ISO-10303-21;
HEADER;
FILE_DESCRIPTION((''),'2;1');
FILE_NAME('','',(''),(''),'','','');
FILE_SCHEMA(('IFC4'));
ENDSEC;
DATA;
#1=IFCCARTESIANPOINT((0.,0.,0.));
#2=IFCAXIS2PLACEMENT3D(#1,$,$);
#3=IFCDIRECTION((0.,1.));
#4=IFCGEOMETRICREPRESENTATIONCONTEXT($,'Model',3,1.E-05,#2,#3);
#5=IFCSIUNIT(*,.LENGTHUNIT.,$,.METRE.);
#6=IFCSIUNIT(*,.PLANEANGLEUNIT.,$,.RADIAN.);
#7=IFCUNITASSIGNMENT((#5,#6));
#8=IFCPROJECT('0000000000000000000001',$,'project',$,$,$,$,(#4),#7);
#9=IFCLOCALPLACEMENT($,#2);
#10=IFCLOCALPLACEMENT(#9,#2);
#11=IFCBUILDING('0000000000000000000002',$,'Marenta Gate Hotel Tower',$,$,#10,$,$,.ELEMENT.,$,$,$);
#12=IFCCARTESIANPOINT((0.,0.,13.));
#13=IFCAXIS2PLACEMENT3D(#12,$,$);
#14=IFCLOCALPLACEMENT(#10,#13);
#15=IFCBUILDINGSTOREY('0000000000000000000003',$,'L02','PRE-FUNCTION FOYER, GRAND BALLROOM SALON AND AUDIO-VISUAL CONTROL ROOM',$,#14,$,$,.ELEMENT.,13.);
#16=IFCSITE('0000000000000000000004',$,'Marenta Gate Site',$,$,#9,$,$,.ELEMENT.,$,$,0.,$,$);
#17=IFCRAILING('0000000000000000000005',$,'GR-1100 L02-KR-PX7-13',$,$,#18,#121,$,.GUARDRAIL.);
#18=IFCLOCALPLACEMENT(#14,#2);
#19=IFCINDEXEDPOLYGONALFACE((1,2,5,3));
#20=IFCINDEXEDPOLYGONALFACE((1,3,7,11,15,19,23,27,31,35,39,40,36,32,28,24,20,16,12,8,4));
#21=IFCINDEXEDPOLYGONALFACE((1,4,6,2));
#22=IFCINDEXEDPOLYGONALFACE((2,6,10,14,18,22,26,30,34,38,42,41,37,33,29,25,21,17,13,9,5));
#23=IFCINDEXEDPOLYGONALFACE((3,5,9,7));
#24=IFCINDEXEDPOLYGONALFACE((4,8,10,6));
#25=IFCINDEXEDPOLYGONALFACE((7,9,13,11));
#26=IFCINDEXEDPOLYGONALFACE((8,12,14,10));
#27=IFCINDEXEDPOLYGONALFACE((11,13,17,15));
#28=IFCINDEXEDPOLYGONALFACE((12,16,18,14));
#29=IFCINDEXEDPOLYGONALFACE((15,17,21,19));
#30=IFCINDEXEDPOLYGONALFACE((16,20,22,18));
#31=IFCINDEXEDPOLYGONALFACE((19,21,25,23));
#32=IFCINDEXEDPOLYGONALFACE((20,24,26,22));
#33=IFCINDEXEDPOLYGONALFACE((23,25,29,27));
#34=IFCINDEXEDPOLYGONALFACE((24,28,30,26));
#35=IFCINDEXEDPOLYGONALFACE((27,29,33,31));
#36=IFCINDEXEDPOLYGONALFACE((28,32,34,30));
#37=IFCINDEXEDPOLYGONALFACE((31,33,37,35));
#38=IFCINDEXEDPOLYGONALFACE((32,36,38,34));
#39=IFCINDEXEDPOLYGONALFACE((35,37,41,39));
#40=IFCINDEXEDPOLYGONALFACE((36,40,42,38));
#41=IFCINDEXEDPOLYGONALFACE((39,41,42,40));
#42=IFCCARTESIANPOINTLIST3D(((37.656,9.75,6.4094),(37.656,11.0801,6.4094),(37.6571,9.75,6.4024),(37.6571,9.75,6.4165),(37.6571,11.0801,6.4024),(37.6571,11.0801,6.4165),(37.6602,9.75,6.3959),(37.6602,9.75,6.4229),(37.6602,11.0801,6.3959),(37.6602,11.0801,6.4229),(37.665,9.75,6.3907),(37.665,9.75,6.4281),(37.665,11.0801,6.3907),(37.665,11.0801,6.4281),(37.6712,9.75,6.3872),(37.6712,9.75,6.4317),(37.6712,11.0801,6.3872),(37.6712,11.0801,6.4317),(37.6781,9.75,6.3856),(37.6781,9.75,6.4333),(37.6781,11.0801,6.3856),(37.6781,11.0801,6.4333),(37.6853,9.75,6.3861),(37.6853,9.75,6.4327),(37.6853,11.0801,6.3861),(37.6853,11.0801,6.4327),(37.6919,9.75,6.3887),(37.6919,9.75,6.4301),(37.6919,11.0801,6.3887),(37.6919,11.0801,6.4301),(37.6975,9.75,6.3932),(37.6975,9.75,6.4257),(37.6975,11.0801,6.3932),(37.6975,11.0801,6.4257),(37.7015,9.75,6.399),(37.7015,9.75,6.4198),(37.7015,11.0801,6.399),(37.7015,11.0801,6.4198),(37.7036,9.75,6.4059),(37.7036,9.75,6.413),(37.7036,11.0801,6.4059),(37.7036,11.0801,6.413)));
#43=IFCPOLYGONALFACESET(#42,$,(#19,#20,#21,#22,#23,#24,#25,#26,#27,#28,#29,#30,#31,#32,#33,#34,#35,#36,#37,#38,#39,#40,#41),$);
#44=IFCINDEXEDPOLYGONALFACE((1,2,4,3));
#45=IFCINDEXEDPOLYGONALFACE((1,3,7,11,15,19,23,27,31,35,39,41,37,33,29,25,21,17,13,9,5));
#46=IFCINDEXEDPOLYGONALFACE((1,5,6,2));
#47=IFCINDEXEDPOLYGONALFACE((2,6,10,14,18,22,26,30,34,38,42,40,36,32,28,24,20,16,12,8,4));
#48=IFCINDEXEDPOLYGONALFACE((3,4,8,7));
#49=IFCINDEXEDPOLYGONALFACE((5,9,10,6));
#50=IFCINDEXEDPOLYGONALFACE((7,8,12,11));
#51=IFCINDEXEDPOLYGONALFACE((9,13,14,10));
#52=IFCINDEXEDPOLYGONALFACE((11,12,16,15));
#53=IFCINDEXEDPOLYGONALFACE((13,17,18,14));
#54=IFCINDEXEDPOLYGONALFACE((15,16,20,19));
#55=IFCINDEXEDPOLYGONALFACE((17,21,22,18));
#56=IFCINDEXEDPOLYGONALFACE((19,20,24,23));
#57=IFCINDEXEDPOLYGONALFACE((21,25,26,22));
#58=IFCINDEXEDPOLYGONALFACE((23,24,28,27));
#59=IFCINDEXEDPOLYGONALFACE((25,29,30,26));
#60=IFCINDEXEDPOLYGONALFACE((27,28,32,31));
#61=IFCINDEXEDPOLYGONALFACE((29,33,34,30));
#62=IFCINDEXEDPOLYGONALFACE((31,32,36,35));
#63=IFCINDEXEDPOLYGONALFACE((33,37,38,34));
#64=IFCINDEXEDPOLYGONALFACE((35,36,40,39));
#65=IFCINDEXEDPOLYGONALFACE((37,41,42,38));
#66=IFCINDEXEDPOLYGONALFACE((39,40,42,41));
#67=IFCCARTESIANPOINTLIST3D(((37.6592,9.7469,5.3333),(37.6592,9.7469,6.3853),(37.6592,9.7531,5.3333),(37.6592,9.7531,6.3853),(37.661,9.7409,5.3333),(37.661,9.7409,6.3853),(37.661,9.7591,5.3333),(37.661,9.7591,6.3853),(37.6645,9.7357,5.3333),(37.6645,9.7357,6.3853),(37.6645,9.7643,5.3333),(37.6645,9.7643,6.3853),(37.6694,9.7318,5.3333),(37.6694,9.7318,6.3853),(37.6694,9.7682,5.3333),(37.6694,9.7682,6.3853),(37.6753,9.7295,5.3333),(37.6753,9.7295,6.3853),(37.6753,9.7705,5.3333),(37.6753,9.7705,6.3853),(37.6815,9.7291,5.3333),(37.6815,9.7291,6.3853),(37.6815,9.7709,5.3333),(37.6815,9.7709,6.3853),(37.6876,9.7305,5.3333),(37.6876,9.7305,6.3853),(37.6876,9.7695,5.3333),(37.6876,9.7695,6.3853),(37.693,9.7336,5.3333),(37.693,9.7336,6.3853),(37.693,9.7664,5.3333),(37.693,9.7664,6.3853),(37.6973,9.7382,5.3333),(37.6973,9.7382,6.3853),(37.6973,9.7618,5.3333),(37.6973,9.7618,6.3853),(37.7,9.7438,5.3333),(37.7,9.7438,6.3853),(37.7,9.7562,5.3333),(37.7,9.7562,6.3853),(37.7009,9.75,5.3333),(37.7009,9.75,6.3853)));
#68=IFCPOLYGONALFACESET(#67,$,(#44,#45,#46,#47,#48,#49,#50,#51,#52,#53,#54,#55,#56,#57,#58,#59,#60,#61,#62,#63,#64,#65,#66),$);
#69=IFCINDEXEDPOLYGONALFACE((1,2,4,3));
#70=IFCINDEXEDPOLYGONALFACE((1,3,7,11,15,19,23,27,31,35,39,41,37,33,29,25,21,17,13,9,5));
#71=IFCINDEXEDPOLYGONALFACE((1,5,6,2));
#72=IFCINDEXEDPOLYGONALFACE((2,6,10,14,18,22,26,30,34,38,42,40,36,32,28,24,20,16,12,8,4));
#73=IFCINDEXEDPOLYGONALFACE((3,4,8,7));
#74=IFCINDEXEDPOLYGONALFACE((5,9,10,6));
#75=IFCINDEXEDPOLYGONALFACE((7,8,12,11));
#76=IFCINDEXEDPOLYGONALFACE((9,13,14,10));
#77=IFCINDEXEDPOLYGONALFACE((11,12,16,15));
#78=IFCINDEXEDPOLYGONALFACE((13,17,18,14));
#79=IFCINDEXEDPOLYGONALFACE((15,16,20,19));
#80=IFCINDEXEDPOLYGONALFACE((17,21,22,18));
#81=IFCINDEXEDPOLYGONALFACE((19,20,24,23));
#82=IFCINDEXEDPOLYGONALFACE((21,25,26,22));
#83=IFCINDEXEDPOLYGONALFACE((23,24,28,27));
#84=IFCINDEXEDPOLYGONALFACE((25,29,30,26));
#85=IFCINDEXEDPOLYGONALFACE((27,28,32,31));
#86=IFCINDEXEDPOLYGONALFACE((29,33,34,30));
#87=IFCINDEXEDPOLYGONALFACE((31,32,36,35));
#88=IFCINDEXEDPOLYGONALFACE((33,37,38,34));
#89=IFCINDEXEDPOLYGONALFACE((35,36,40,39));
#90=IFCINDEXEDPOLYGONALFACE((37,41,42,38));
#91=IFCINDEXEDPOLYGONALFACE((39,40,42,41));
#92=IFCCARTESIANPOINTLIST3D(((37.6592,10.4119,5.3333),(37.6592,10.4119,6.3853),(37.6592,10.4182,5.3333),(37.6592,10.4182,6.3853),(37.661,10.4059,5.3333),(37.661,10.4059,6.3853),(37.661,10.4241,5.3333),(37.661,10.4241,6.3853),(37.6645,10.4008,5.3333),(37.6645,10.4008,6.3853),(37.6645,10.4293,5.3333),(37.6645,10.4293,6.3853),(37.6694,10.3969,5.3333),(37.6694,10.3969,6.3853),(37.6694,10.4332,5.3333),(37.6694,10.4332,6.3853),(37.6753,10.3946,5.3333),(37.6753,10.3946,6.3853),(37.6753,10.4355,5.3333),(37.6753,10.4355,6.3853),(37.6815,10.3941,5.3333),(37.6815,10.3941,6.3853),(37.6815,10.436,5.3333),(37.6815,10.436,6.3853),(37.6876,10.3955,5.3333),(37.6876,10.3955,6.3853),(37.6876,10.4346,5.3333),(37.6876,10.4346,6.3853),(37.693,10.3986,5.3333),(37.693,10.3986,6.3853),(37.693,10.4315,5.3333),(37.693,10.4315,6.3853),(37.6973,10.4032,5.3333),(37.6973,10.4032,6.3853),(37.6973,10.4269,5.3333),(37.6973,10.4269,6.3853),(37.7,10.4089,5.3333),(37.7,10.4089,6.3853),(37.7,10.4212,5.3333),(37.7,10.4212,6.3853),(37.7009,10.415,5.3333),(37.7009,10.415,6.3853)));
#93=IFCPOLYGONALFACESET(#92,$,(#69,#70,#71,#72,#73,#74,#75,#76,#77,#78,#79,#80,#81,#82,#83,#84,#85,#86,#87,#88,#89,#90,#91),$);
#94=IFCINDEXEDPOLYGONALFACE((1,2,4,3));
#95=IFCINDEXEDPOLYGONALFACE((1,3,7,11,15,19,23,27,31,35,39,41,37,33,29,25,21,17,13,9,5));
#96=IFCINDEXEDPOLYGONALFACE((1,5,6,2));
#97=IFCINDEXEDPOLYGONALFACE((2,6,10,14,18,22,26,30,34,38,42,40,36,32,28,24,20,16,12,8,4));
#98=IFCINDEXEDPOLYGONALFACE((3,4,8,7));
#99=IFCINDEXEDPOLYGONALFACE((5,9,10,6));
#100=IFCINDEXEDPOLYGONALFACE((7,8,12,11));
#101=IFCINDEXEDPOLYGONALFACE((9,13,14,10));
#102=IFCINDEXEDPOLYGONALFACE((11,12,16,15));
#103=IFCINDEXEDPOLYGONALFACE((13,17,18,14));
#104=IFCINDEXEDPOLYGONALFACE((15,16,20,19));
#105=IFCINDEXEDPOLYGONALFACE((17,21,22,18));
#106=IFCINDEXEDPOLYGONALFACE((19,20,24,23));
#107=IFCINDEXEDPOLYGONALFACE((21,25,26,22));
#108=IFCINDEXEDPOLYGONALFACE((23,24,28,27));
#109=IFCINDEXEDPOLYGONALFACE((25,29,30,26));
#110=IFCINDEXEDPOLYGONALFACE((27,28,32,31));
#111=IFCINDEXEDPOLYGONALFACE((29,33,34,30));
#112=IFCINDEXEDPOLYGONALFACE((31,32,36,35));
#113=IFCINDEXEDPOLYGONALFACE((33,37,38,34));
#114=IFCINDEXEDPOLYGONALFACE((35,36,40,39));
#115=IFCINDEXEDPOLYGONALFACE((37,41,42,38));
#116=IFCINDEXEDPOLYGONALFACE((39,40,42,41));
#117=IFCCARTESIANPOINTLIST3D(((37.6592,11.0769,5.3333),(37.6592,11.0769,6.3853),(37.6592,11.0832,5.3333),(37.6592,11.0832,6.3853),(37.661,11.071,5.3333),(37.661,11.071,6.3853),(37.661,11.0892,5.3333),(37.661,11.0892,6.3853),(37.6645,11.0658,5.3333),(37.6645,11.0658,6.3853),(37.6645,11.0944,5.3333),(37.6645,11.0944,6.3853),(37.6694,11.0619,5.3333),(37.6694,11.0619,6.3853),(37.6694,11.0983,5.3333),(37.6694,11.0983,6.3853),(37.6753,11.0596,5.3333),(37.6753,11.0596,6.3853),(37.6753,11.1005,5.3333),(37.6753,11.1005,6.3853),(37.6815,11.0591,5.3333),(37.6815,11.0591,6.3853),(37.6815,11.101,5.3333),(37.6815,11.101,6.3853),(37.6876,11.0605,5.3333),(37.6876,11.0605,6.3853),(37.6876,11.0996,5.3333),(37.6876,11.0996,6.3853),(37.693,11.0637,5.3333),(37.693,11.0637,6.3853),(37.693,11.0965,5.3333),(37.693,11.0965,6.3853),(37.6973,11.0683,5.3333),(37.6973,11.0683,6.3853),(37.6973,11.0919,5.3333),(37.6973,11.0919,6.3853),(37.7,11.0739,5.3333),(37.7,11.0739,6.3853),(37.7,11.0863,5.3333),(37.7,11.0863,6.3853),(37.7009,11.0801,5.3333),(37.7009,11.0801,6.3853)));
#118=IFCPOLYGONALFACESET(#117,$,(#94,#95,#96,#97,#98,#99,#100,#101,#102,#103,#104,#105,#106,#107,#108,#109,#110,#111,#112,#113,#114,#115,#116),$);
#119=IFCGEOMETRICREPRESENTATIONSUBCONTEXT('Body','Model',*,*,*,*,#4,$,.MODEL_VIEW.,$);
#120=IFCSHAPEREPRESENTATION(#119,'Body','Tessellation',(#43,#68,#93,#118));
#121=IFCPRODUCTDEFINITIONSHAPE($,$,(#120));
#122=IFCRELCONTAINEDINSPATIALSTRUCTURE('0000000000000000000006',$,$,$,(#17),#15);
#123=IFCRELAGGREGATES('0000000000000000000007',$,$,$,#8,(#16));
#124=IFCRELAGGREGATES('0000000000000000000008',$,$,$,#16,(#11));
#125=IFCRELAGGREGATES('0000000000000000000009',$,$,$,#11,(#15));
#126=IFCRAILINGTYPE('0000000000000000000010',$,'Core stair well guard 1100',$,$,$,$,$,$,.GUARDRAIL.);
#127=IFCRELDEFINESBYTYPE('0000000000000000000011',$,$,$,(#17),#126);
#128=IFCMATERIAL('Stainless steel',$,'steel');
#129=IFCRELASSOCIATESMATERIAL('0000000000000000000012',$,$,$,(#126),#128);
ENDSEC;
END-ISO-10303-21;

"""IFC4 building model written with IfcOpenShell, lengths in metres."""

from ifc_helpers import new_model, si_unit, direction, frame, origin, origin_2d, place, context, subcontext, project, spatial, circle, extrude, material, type_object, element, save


model = new_model("IFC4")

# Units and contexts
model_context = context("Model", 3, precision=1e-05, world=origin(), true_north=direction((0.0, 1.0)))
body_context = subcontext(model_context, "Body", "Model", "MODEL_VIEW")
ifc_project = project(units=[si_unit("LENGTHUNIT", "METRE"), si_unit("PLANEANGLEUNIT", "RADIAN")], contexts=[model_context])

# Site, building, storey
site_placement = place(None, origin())
site = spatial("IfcSite", under=ifc_project, at=site_placement, Name="Marenta Gate Site", CompositionType="ELEMENT", RefElevation=0.0)
building_placement = place(site_placement, origin())
building = spatial("IfcBuilding", under=site, at=building_placement, Name="Marenta Gate Hotel Tower", CompositionType="ELEMENT")
storey_placement = place(building_placement, frame((0.0, 0.0, 13.0)))
storey = spatial("IfcBuildingStorey", under=building, at=storey_placement, Name="L02", Description="PRE-FUNCTION FOYER, GRAND BALLROOM SALON AND AUDIO-VISUAL CONTROL ROOM", CompositionType="ELEMENT", Elevation=13.0)

# Railing
ifc_material_1 = material(Name="Stainless steel", Category="steel")
railing_type_1 = type_object("IfcRailingType", Name="Core stair well guard 1100", PredefinedType="GUARDRAIL", material=ifc_material_1)
railing_1_placement = place(storey_placement, frame((37.6799, 9.75, 5.3333)))
element("IfcRailing", 1, at=railing_1_placement, inside=storey, type_object=railing_type_1, Name="GR-1100 L02-KR-PX7-13", PredefinedType="GUARDRAIL", context=body_context, shape_type="SweptSolid", body=[
    extrude(circle(Radius=0.0239, at=origin_2d()), frame((0.0, 0.0, 1.0762), z_axis=(0.0, 1.0, 0.0), x_axis=(-1.0, 0.0, 0.0)), (0.0, 0.0, 1.0), 1.3301),
    extrude(circle(Radius=0.021, at=origin_2d()), origin(), (0.0, 0.0, 1.0), 1.052),
    extrude(circle(Radius=0.021, at=origin_2d()), frame((0.0, 0.665, 0.0)), (0.0, 0.0, 1.0), 1.052),
    extrude(circle(Radius=0.021, at=origin_2d()), frame((0.0, 1.3301, 0.0)), (0.0, 0.0, 1.0), 1.052),
])

save(model, "model.ifc")
